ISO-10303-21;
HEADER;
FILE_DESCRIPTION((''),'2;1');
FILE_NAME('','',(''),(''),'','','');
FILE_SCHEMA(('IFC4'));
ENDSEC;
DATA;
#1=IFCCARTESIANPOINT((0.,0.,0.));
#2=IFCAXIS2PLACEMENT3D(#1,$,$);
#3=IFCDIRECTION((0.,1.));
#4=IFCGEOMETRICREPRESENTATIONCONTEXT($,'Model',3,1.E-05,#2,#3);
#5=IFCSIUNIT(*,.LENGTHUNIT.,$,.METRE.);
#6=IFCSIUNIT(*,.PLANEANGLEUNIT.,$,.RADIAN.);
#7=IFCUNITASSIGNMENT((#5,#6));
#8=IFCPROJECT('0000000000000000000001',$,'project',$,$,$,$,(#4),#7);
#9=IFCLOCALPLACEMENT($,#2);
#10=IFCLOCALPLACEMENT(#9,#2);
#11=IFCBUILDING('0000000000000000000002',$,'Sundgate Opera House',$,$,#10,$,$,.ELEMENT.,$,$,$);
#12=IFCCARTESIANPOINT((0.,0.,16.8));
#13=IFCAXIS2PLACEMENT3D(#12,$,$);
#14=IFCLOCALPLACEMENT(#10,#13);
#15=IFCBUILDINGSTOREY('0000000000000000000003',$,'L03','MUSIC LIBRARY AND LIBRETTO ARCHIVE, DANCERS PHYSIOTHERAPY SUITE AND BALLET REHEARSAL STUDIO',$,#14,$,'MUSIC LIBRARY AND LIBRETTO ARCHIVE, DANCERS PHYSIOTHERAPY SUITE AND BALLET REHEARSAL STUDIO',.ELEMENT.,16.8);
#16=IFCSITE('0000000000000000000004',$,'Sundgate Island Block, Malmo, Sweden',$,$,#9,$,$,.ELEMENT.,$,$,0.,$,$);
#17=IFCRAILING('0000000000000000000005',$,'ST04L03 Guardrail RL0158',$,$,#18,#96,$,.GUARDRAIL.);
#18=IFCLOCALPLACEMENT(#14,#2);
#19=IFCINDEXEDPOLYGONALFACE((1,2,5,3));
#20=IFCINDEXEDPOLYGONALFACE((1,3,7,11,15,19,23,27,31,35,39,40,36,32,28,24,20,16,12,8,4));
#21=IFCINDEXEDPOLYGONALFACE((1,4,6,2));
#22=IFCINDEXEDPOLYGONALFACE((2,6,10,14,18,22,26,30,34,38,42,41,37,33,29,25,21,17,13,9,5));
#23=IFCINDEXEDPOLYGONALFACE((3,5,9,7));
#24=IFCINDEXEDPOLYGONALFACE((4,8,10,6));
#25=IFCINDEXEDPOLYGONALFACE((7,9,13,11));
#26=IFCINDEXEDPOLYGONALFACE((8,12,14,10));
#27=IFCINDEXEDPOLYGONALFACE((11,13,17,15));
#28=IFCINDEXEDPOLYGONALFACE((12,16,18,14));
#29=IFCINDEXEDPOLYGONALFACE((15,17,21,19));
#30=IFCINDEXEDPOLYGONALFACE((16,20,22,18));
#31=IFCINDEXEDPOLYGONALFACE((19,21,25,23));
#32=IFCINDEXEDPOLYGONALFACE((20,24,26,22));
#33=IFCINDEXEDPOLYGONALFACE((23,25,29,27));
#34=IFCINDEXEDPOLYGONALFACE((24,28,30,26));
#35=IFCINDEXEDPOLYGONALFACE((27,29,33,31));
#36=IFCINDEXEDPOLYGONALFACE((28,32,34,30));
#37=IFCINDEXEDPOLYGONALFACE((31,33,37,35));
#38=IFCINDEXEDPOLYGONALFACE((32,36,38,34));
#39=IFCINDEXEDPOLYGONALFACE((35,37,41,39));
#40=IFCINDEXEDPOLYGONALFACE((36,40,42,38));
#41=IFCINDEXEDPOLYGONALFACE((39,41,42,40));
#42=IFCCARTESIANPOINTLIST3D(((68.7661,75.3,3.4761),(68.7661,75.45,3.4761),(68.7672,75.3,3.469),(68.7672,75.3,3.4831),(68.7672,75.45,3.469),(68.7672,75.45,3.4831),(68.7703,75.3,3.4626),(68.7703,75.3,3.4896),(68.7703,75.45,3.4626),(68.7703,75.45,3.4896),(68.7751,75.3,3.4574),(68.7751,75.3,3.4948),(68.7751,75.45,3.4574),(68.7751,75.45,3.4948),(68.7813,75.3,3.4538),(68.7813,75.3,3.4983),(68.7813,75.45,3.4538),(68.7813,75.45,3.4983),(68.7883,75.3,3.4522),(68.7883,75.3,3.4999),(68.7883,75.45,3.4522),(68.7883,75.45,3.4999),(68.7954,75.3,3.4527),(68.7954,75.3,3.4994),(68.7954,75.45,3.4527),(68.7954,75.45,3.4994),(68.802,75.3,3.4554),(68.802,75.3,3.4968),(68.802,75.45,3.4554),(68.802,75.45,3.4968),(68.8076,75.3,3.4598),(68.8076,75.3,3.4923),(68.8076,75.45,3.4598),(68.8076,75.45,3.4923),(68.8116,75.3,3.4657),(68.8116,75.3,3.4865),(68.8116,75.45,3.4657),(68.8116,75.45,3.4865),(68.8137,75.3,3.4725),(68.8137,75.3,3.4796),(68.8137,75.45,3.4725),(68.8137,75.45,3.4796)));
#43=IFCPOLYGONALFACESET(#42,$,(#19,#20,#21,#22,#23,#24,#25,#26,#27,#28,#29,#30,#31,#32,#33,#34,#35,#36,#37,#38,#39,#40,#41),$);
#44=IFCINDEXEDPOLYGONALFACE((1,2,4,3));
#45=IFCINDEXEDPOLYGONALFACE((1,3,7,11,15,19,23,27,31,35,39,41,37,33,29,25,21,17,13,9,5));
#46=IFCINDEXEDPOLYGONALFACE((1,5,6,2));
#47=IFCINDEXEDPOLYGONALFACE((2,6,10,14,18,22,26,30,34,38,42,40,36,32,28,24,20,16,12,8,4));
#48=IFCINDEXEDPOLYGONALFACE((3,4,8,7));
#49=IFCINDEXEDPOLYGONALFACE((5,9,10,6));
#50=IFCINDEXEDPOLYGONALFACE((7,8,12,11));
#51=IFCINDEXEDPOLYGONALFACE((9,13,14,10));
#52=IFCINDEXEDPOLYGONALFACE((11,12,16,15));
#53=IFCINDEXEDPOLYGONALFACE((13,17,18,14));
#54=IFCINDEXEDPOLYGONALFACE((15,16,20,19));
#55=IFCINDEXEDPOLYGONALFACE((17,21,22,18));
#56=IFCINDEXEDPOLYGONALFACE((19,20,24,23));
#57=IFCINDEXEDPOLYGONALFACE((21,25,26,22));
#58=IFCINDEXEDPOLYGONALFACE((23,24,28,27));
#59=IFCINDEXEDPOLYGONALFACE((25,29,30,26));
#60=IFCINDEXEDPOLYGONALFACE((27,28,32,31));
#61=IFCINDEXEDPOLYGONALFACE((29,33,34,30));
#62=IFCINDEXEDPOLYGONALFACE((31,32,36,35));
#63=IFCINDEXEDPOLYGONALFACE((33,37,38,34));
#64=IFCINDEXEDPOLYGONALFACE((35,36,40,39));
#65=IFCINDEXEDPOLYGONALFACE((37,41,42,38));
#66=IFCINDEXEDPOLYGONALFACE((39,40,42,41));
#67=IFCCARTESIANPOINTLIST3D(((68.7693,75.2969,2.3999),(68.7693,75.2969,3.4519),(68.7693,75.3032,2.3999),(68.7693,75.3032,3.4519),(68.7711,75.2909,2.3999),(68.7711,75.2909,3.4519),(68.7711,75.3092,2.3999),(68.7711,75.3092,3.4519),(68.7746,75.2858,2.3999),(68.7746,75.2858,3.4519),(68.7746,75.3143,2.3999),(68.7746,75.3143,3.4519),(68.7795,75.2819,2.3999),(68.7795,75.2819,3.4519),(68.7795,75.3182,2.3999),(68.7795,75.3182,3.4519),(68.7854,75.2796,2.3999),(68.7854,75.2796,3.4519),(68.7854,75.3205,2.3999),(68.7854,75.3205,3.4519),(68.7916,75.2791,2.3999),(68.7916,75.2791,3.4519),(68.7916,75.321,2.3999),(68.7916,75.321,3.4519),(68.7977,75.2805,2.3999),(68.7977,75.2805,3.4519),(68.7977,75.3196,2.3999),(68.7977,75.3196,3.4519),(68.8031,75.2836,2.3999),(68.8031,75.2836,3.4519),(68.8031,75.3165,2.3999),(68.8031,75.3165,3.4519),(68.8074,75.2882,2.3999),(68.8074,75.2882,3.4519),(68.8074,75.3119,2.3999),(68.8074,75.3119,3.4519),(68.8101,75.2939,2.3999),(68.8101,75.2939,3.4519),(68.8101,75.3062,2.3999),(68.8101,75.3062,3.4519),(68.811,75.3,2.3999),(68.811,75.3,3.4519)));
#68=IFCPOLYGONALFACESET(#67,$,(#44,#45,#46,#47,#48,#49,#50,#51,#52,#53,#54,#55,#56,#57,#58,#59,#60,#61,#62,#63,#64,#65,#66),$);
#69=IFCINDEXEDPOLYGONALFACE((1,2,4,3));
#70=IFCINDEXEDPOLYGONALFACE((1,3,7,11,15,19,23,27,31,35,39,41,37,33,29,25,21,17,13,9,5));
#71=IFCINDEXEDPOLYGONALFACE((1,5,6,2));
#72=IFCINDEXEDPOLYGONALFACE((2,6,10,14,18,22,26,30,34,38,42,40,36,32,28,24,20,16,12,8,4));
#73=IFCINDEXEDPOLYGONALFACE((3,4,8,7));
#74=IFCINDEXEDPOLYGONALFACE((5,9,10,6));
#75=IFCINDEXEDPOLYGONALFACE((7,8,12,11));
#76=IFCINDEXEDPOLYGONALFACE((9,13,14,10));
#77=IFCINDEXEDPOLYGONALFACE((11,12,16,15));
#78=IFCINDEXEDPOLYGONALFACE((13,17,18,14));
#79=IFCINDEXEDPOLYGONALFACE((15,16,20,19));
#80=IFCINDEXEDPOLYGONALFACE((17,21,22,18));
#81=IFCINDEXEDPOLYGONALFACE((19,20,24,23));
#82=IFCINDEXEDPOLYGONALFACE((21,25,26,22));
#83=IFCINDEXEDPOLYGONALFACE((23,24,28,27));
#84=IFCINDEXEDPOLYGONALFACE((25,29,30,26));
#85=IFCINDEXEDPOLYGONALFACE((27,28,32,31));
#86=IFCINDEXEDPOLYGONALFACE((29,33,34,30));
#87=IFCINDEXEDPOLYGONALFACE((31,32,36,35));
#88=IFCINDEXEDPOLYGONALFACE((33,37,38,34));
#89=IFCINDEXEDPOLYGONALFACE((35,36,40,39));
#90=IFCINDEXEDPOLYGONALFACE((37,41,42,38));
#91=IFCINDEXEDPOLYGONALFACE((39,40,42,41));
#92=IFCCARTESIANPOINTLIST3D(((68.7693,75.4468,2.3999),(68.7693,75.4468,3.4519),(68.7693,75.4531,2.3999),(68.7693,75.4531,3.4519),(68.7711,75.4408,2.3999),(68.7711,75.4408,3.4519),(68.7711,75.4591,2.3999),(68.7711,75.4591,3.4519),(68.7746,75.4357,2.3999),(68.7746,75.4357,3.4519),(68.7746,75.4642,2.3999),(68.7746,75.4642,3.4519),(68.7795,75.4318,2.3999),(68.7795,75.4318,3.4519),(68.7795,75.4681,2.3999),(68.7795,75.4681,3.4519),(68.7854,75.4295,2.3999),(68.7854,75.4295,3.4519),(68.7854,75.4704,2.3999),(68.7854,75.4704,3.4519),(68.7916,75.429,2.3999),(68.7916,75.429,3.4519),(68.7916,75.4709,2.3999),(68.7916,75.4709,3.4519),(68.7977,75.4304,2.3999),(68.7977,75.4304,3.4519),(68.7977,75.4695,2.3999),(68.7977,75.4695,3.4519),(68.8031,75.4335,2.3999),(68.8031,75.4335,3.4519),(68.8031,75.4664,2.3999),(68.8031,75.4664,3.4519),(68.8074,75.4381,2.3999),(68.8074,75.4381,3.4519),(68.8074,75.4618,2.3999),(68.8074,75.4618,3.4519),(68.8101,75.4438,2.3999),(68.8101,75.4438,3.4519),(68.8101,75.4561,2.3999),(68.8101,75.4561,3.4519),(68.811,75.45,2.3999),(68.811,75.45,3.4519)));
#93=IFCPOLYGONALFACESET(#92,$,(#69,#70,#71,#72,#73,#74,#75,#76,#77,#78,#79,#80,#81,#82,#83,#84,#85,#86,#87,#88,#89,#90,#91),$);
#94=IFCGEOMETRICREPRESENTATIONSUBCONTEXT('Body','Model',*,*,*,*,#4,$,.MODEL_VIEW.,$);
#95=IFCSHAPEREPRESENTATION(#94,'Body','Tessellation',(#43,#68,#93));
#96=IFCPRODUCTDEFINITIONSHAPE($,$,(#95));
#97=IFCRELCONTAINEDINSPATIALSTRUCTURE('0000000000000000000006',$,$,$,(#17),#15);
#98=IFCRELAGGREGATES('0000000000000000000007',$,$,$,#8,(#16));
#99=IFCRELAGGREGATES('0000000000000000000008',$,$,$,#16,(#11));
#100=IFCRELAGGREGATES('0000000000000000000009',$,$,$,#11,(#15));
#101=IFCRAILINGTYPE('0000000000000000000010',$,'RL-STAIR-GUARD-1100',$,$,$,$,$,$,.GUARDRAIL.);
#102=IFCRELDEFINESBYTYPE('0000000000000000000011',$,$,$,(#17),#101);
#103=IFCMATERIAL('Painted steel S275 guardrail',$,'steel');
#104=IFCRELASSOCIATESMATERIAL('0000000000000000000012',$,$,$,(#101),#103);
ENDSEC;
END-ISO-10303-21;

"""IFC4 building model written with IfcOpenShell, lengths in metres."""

from ifc_helpers import new_model, si_unit, direction, frame, origin, origin_2d, place, context, subcontext, project, spatial, circle, extrude, material, type_object, element, save


model = new_model("IFC4")

# Units and contexts
model_context = context("Model", 3, precision=1e-05, world=origin(), true_north=direction((0.0, 1.0)))
body_context = subcontext(model_context, "Body", "Model", "MODEL_VIEW")
ifc_project = project(units=[si_unit("LENGTHUNIT", "METRE"), si_unit("PLANEANGLEUNIT", "RADIAN")], contexts=[model_context])

# Site, building, storey
site_placement = place(None, origin())
site = spatial("IfcSite", under=ifc_project, at=site_placement, Name="Sundgate Island Block, Malmo, Sweden", CompositionType="ELEMENT", RefElevation=0.0)
building_placement = place(site_placement, origin())
building = spatial("IfcBuilding", under=site, at=building_placement, Name="Sundgate Opera House", CompositionType="ELEMENT")
storey_placement = place(building_placement, frame((0.0, 0.0, 16.8)))
storey = spatial("IfcBuildingStorey", under=building, at=storey_placement, Name="L03", Description="MUSIC LIBRARY AND LIBRETTO ARCHIVE, DANCERS PHYSIOTHERAPY SUITE AND BALLET REHEARSAL STUDIO", LongName="MUSIC LIBRARY AND LIBRETTO ARCHIVE, DANCERS PHYSIOTHERAPY SUITE AND BALLET REHEARSAL STUDIO", CompositionType="ELEMENT", Elevation=16.8)

# Railing
ifc_material_1 = material(Name="Painted steel S275 guardrail", Category="steel")
railing_type_1 = type_object("IfcRailingType", Name="RL-STAIR-GUARD-1100", PredefinedType="GUARDRAIL", material=ifc_material_1)
railing_1_placement = place(storey_placement, frame((68.79, 75.3, 2.3999)))
element("IfcRailing", 1, at=railing_1_placement, inside=storey, type_object=railing_type_1, Name="ST04L03 Guardrail RL0158", PredefinedType="GUARDRAIL", context=body_context, shape_type="SweptSolid", body=[
    extrude(circle(Radius=0.0239, at=origin_2d()), frame((0.0, 0.0, 1.0762), z_axis=(0.0, 1.0, 0.0), x_axis=(-1.0, 0.0, 0.0)), (0.0, 0.0, 1.0), 0.1499),
    extrude(circle(Radius=0.021, at=origin_2d()), origin(), (0.0, 0.0, 1.0), 1.052),
    extrude(circle(Radius=0.021, at=origin_2d()), frame((0.0, 0.1499, 0.0)), (0.0, 0.0, 1.0), 1.052),
])

save(model, "model.ifc")
